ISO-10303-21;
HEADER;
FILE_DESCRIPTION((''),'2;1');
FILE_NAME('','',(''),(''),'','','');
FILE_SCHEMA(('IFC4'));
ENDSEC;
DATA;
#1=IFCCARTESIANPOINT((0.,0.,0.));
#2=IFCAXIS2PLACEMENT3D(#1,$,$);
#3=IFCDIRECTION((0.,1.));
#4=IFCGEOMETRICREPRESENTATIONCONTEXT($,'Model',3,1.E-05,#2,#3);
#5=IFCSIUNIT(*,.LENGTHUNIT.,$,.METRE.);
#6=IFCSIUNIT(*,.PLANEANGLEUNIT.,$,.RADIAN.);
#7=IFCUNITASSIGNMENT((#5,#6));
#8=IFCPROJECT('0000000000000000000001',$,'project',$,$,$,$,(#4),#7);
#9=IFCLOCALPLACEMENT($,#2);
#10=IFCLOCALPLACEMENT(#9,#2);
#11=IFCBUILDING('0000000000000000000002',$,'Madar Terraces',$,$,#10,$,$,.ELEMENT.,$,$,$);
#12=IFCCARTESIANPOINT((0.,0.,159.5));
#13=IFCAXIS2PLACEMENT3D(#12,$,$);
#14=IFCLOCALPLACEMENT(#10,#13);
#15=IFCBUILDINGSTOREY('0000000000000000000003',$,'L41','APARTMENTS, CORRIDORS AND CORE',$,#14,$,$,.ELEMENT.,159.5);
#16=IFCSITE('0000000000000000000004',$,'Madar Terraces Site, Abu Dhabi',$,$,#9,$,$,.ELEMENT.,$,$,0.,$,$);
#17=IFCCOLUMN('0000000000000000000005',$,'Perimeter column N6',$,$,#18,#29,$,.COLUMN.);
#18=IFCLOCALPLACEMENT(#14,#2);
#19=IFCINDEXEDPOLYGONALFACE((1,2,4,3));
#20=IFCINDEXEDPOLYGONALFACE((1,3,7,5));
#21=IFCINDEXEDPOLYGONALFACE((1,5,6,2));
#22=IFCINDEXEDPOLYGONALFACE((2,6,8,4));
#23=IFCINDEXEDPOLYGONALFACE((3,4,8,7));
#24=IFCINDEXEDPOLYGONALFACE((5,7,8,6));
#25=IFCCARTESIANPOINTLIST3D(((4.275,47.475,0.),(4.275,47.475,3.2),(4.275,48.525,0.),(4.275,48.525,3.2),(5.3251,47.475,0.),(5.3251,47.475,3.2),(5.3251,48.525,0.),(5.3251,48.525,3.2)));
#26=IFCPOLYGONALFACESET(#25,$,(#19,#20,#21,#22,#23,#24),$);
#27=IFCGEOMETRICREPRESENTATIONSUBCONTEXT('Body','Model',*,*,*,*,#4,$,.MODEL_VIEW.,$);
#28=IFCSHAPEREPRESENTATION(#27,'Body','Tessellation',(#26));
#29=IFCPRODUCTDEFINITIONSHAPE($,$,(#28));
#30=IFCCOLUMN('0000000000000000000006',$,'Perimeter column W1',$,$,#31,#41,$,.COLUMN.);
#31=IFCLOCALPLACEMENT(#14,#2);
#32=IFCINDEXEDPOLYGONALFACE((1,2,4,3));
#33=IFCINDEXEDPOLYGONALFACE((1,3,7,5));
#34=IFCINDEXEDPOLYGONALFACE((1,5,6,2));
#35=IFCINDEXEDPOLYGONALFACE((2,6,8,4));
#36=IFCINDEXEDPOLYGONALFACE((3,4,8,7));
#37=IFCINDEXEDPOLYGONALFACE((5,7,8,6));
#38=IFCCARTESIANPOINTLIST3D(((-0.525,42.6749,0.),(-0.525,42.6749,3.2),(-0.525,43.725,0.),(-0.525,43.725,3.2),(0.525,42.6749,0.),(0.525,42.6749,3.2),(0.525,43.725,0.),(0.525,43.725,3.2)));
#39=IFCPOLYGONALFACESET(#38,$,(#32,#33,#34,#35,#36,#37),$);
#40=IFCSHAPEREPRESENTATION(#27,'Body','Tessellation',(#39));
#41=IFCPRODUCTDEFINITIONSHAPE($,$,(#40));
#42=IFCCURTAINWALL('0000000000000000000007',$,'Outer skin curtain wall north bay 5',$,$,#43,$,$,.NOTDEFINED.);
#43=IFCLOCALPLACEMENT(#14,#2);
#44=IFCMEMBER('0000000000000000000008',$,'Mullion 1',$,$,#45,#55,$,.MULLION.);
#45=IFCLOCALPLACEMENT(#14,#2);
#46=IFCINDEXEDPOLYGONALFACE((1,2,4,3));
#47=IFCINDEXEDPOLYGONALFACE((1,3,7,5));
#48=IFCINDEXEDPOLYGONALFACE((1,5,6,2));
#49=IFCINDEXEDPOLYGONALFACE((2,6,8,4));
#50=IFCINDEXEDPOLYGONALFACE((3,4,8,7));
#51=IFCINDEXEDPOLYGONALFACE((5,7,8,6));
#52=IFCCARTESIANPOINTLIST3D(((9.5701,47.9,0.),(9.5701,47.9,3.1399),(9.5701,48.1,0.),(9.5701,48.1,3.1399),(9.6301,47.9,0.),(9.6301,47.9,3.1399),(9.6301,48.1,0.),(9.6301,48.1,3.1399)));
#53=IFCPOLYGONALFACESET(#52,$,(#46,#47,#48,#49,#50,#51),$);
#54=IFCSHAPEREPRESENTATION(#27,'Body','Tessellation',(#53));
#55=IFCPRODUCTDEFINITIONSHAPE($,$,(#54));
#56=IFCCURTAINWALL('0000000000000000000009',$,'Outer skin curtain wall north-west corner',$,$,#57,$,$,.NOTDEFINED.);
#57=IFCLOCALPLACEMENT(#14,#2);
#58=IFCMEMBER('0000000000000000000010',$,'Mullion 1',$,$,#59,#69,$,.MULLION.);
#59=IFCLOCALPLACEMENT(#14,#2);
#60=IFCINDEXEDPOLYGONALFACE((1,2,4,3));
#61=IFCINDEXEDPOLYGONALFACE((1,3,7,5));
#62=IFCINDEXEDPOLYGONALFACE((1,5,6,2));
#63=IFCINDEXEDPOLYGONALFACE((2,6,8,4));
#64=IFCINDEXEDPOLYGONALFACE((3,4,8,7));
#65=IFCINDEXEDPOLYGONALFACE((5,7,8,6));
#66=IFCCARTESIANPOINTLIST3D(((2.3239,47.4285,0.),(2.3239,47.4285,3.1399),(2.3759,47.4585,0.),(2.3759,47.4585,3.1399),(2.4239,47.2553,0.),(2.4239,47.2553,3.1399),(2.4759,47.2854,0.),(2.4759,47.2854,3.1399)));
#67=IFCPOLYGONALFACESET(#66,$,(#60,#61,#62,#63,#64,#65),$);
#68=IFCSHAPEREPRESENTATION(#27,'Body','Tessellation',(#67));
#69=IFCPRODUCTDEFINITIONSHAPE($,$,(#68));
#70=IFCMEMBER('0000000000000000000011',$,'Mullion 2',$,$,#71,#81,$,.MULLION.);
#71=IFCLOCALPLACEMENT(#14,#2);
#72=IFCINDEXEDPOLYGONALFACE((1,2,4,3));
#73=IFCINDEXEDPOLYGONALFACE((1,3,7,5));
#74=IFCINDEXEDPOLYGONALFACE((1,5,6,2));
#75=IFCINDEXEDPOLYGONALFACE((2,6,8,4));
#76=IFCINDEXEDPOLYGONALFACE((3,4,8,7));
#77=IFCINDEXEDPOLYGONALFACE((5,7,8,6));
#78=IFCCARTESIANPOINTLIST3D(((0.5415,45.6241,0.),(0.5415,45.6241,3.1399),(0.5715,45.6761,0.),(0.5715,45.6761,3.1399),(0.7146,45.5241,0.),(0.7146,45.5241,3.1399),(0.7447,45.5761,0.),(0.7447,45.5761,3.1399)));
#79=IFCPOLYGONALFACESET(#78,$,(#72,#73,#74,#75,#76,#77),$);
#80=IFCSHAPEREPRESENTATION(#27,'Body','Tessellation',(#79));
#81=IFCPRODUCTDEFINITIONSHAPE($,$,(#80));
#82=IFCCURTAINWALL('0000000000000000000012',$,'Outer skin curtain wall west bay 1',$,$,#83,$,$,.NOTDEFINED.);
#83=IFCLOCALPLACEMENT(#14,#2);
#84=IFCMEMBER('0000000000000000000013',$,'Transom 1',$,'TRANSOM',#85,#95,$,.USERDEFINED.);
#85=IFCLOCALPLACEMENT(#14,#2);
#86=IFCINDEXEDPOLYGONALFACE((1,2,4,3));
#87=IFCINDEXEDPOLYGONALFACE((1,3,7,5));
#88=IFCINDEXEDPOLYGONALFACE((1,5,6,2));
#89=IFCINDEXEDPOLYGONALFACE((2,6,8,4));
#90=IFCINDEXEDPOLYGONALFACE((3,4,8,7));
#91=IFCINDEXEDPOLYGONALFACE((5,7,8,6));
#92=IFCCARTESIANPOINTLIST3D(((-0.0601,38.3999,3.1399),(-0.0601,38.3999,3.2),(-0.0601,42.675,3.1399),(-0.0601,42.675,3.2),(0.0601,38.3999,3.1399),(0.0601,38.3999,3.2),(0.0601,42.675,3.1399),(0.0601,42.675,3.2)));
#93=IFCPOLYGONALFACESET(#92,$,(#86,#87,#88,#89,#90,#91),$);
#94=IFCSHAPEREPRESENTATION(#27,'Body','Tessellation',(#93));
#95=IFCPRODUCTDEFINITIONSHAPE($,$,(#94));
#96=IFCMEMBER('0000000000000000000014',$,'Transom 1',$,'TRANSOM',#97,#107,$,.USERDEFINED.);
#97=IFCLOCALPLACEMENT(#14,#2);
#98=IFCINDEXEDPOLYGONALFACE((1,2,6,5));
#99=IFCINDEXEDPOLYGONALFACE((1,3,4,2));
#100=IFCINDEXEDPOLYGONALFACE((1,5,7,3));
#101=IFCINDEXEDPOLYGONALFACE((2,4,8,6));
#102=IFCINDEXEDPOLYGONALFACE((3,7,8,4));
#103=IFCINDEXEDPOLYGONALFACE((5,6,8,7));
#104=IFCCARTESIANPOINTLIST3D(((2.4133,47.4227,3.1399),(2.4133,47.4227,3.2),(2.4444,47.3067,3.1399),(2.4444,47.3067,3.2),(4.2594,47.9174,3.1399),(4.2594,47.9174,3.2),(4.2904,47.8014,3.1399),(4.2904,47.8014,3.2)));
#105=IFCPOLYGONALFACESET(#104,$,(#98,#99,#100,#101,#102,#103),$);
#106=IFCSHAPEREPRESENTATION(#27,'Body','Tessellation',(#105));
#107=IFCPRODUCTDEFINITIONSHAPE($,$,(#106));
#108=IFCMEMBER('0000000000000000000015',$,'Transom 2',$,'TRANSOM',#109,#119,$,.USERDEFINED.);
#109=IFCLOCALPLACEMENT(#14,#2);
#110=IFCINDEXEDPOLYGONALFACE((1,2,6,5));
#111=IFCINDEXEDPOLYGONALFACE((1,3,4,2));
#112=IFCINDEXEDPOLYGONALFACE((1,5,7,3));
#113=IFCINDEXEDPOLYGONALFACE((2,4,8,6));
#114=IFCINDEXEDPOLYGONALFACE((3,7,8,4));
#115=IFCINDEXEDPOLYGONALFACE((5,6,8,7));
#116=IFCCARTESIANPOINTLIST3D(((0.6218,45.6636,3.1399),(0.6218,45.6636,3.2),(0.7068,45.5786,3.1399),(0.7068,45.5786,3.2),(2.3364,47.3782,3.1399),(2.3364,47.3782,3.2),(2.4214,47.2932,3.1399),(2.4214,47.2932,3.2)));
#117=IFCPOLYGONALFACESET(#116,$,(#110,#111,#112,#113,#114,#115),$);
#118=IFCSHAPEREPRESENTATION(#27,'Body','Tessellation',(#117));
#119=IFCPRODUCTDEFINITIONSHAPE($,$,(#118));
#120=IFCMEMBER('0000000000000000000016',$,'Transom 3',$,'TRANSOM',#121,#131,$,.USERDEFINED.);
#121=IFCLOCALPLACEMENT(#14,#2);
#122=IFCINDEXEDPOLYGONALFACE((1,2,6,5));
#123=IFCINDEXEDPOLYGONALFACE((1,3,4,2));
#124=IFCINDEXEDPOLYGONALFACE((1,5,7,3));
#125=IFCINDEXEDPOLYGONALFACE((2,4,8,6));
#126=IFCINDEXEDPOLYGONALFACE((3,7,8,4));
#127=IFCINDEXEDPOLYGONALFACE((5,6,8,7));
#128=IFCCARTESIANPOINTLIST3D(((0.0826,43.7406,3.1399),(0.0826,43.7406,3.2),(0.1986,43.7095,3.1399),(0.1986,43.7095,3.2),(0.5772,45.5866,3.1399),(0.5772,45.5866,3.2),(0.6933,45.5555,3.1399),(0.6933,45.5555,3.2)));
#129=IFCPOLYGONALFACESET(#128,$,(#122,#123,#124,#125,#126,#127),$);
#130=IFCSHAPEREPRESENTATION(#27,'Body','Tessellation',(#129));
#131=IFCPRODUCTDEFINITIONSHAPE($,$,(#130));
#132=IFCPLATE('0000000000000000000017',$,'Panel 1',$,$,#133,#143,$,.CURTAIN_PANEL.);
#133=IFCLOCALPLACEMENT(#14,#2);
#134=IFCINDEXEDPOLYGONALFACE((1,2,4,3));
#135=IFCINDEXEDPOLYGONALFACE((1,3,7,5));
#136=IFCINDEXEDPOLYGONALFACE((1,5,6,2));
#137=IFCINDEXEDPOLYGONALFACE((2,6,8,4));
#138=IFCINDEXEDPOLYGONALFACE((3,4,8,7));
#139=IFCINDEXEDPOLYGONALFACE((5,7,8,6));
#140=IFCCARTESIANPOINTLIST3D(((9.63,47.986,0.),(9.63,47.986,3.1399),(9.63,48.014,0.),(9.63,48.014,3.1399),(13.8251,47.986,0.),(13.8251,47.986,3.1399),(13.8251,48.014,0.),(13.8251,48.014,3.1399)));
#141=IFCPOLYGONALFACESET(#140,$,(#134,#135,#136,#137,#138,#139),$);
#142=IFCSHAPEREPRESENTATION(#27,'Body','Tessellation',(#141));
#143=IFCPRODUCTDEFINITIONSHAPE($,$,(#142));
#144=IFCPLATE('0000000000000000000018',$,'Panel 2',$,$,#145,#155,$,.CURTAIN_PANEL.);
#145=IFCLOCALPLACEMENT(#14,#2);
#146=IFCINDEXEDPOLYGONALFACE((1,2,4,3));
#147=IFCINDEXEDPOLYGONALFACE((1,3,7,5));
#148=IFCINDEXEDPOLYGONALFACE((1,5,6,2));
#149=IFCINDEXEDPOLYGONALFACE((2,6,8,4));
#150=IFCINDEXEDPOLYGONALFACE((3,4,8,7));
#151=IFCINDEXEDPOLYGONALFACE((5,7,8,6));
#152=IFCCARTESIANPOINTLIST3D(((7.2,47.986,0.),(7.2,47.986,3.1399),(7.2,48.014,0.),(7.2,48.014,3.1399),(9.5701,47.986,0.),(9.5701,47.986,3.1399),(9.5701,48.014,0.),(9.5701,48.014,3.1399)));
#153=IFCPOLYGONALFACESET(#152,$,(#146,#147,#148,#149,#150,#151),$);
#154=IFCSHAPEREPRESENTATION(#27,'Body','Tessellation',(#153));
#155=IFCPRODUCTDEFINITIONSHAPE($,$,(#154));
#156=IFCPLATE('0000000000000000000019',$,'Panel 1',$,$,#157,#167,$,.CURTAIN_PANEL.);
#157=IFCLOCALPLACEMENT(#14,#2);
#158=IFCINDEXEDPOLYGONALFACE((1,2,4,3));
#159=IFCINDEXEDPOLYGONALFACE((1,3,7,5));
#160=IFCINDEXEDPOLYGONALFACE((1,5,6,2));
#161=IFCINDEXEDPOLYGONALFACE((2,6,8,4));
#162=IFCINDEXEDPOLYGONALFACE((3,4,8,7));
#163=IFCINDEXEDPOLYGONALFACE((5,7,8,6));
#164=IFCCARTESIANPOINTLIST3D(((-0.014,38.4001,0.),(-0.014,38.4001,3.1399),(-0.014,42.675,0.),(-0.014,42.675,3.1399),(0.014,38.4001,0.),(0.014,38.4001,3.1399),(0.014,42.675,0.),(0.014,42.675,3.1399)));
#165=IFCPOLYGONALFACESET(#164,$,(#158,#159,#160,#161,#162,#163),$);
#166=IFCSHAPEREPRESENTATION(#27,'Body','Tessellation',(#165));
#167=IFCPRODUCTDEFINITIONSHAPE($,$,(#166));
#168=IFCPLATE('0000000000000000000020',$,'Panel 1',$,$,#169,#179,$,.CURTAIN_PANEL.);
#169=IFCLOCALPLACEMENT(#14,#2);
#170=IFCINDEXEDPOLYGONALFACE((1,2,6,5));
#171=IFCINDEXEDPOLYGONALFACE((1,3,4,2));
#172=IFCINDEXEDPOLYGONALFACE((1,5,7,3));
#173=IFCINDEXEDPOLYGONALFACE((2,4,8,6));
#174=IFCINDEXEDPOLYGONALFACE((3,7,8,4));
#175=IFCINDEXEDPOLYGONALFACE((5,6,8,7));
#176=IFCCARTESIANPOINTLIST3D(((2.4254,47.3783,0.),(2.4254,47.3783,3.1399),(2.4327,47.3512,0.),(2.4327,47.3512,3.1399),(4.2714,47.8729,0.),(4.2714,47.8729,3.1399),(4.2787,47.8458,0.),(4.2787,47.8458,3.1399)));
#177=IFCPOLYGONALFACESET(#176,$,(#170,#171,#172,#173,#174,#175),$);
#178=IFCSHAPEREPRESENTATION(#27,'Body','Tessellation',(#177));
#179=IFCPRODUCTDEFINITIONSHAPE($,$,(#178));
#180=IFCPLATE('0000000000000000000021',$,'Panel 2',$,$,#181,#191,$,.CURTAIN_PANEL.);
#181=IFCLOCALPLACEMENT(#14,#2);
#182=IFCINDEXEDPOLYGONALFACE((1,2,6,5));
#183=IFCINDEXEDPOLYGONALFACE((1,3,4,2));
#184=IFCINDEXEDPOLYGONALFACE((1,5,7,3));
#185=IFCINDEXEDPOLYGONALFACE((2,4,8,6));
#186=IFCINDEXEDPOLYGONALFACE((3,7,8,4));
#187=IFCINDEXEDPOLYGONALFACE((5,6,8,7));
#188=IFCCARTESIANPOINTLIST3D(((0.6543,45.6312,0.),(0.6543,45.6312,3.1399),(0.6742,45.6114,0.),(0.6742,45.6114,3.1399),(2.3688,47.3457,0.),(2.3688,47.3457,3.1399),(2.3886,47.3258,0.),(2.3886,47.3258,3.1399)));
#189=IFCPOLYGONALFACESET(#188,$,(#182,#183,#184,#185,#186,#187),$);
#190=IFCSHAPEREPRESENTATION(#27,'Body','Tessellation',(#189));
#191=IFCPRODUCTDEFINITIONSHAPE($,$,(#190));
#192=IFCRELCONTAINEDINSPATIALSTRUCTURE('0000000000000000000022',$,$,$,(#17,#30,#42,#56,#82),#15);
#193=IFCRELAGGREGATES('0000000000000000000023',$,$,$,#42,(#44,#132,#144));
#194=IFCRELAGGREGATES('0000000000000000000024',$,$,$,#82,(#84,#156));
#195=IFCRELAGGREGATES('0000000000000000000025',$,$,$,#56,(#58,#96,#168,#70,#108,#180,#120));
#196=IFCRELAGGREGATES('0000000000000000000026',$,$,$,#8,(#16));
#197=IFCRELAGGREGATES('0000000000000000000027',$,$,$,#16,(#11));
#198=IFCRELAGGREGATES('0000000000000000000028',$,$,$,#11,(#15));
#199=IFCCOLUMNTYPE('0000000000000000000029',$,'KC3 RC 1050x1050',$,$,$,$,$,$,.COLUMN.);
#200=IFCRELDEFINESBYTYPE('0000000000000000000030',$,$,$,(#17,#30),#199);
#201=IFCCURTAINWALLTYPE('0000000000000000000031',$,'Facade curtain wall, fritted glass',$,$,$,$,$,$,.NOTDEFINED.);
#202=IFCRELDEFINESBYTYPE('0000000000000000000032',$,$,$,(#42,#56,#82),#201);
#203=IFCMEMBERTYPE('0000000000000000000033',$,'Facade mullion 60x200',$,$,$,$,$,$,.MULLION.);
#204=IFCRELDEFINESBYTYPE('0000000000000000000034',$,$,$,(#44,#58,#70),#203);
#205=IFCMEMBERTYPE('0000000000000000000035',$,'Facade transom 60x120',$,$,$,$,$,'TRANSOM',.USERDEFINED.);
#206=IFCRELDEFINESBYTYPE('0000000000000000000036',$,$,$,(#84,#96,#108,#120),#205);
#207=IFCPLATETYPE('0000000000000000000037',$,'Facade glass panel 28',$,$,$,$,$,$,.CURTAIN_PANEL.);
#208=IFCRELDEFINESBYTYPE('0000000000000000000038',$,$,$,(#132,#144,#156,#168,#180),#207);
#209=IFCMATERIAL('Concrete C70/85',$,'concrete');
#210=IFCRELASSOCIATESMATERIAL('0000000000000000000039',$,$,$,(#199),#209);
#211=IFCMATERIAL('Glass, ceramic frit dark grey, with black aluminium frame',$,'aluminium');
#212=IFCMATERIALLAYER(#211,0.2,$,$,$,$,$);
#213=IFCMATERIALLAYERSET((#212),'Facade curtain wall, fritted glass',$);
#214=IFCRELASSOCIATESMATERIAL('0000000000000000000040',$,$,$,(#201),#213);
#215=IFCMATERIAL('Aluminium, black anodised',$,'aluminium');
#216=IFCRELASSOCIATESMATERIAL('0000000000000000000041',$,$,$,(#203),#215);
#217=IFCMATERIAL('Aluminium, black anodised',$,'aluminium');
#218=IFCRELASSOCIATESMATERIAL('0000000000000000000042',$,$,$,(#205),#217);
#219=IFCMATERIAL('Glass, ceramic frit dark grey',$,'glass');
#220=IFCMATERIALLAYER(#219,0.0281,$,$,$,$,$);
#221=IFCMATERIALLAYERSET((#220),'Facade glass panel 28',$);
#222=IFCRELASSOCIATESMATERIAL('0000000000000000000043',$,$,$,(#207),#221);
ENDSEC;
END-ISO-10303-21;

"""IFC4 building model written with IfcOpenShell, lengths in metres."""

from ifc_helpers import new_model, si_unit, direction, frame, origin, origin_2d, place, context, subcontext, project, spatial, rectangle, extrude, material, layer, layer_set, material_profile, profile_set, type_object, element, aggregate, save


model = new_model("IFC4")

# Units and contexts
model_context = context("Model", 3, precision=1e-05, world=origin(), true_north=direction((0.0, 1.0)))
body_context = subcontext(model_context, "Body", "Model", "MODEL_VIEW")
ifc_project = project(units=[si_unit("LENGTHUNIT", "METRE"), si_unit("PLANEANGLEUNIT", "RADIAN")], contexts=[model_context])

# Site, building, storey
site_placement = place(None, origin())
site = spatial("IfcSite", under=ifc_project, at=site_placement, Name="Madar Terraces Site, Abu Dhabi", CompositionType="ELEMENT", RefElevation=0.0)
building_placement = place(site_placement, origin())
building = spatial("IfcBuilding", under=site, at=building_placement, Name="Madar Terraces", CompositionType="ELEMENT")
storey_placement = place(building_placement, frame((0.0, 0.0, 159.5)))
storey = spatial("IfcBuildingStorey", under=building, at=storey_placement, Name="L41", Description="APARTMENTS, CORRIDORS AND CORE", CompositionType="ELEMENT", Elevation=159.5)

# Columns
ifc_material_1 = material(Name="Concrete C70/85", Category="concrete")
ifc_material_profile_1 = material_profile(ifc_material_1, rectangle(XDim=1.05, YDim=1.05, at=origin_2d()), Name="KC3 RC 1050x1050")
ifc_profile_set_1 = profile_set([ifc_material_profile_1], Name="Concrete C70/85")
column_type = type_object("IfcColumnType", Name="KC3 RC 1050x1050", PredefinedType="COLUMN", material=ifc_profile_set_1)
for number, where, z_axis, x_axis, name in (
    (1, (4.8, 48.0, 0.0), (0.0, 0.0, 1.0), (1.0, 0.0, 0.0), "Perimeter column N6"),
    (2, (0.0, 43.2, 0.0), (0.0, 0.0, 1.0), (1.0, 0.0, 0.0), "Perimeter column W1"),
):
    element("IfcColumn", number, at=place(storey_placement, frame(where, z_axis=z_axis, x_axis=x_axis)), inside=storey, type_object=column_type, Name=name, PredefinedType="COLUMN", context=body_context, shape_type="SweptSolid", body=[
        extrude(rectangle(XDim=1.05, YDim=1.05, at=origin_2d()), origin(), (0.0, 0.0, 1.0), 3.2),
    ])

# Curtain wall, member
ifc_material_2 = material(Name="Glass, ceramic frit dark grey, with black aluminium frame", Category="aluminium")
ifc_layer_1 = layer(ifc_material_2, 0.2)
ifc_layer_set_1 = layer_set([ifc_layer_1], Name="Facade curtain wall, fritted glass")
curtain_wall_type = type_object("IfcCurtainWallType", Name="Facade curtain wall, fritted glass", PredefinedType="NOTDEFINED", material=ifc_layer_set_1)
curtain_wall_1_placement = place(storey_placement, origin())
curtain_wall_1 = element("IfcCurtainWall", 3, at=curtain_wall_1_placement, inside=storey, type_object=curtain_wall_type, Name="Outer skin curtain wall north bay 5", PredefinedType="NOTDEFINED")
ifc_material_3 = material(Name="Aluminium, black anodised", Category="aluminium")
ifc_material_profile_2 = material_profile(ifc_material_3, rectangle(XDim=0.2, YDim=0.0601, at=origin_2d()), Name="Facade mullion 60x200")
ifc_profile_set_2 = profile_set([ifc_material_profile_2], Name="Aluminium, black anodised")
member_type_1 = type_object("IfcMemberType", Name="Facade mullion 60x200", PredefinedType="MULLION", material=ifc_profile_set_2)
member_1_placement = place(storey_placement, frame((9.6001, 48.0, 0.0), z_axis=(0.0, 0.0, 1.0), x_axis=(0.0, -1.0, 0.0)))
member_1 = element("IfcMember", 4, at=member_1_placement, type_object=member_type_1, Name="Mullion 1", PredefinedType="MULLION", context=body_context, shape_type="SweptSolid", body=[
    extrude(rectangle(XDim=0.2, YDim=0.0601, at=origin_2d()), origin(), (0.0, 0.0, 1.0), 3.1399),
])

# Curtain wall, members
curtain_wall_2_placement = place(storey_placement, origin())
curtain_wall_2 = element("IfcCurtainWall", 5, at=curtain_wall_2_placement, inside=storey, type_object=curtain_wall_type, Name="Outer skin curtain wall north-west corner", PredefinedType="NOTDEFINED")
member_2_placement = place(storey_placement, frame((2.3999, 47.3569, 0.0), z_axis=(0.0, 0.0, 1.0), x_axis=(0.5, -0.866025, 0.0)))
member_2 = element("IfcMember", 6, at=member_2_placement, type_object=member_type_1, Name="Mullion 1", PredefinedType="MULLION", context=body_context, shape_type="SweptSolid", body=[
    extrude(rectangle(XDim=0.2, YDim=0.0601, at=origin_2d()), origin(), (0.0, 0.0, 1.0), 3.1399),
])
member_3_placement = place(storey_placement, frame((0.6431, 45.6001, 0.0), z_axis=(0.0, 0.0, 1.0), x_axis=(0.866025, -0.5, 0.0)))
member_3 = element("IfcMember", 7, at=member_3_placement, type_object=member_type_1, Name="Mullion 2", PredefinedType="MULLION", context=body_context, shape_type="SweptSolid", body=[
    extrude(rectangle(XDim=0.2, YDim=0.0601, at=origin_2d()), origin(), (0.0, 0.0, 1.0), 3.1399),
])

# Curtain wall, member
curtain_wall_3_placement = place(storey_placement, origin())
curtain_wall_3 = element("IfcCurtainWall", 8, at=curtain_wall_3_placement, inside=storey, type_object=curtain_wall_type, Name="Outer skin curtain wall west bay 1", PredefinedType="NOTDEFINED")
ifc_material_4 = material(Name="Aluminium, black anodised", Category="aluminium")
ifc_material_profile_3 = material_profile(ifc_material_4, rectangle(XDim=0.1201, YDim=0.0601, at=origin_2d()), Name="Facade transom 60x120")
ifc_profile_set_3 = profile_set([ifc_material_profile_3], Name="Aluminium, black anodised")
member_type_2 = type_object("IfcMemberType", Name="Facade transom 60x120", ElementType="TRANSOM", PredefinedType="USERDEFINED", material=ifc_profile_set_3)
member_4_placement = place(storey_placement, frame((0.0, 42.675, 3.1699), z_axis=(0.0, -1.0, 0.0), x_axis=(1.0, 0.0, 0.0)))
member_4 = element("IfcMember", 9, at=member_4_placement, type_object=member_type_2, Name="Transom 1", ObjectType="TRANSOM", PredefinedType="USERDEFINED", context=body_context, shape_type="SweptSolid", body=[
    extrude(rectangle(XDim=0.1201, YDim=0.0601, at=origin_2d()), origin(), (0.0, 0.0, 1.0), 4.2751),
])

# Members
member_5_placement = place(storey_placement, frame((4.2749, 47.8594, 3.1699), z_axis=(-0.965925, -0.258823, 0.0), x_axis=(0.258823, -0.965925, 0.0)))
member_5 = element("IfcMember", 10, at=member_5_placement, type_object=member_type_2, Name="Transom 1", ObjectType="TRANSOM", PredefinedType="USERDEFINED", context=body_context, shape_type="SweptSolid", body=[
    extrude(rectangle(XDim=0.1201, YDim=0.0601, at=origin_2d()), origin(), (0.0, 0.0, 1.0), 1.9111),
])
member_6_placement = place(storey_placement, frame((2.3789, 47.3357, 3.1699), z_axis=(-0.707107, -0.707107, 0.0), x_axis=(0.707107, -0.707107, 0.0)))
member_6 = element("IfcMember", 11, at=member_6_placement, type_object=member_type_2, Name="Transom 2", ObjectType="TRANSOM", PredefinedType="USERDEFINED", context=body_context, shape_type="SweptSolid", body=[
    extrude(rectangle(XDim=0.1201, YDim=0.0601, at=origin_2d()), origin(), (0.0, 0.0, 1.0), 2.4248),
])
member_7_placement = place(storey_placement, frame((0.6353, 45.571, 3.1699), z_axis=(-0.258823, -0.965925, 0.0), x_axis=(0.965925, -0.258823, 0.0)))
member_7 = element("IfcMember", 12, at=member_7_placement, type_object=member_type_2, Name="Transom 3", ObjectType="TRANSOM", PredefinedType="USERDEFINED", context=body_context, shape_type="SweptSolid", body=[
    extrude(rectangle(XDim=0.1201, YDim=0.0601, at=origin_2d()), origin(), (0.0, 0.0, 1.0), 1.9111),
])

# Plates
ifc_material_5 = material(Name="Glass, ceramic frit dark grey", Category="glass")
ifc_layer_2 = layer(ifc_material_5, 0.0281)
ifc_layer_set_2 = layer_set([ifc_layer_2], Name="Facade glass panel 28")
plate_type = type_object("IfcPlateType", Name="Facade glass panel 28", PredefinedType="CURTAIN_PANEL", material=ifc_layer_set_2)
plate_1_placement = place(storey_placement, frame((11.7275, 48.0, 0.0), z_axis=(0.0, 0.0, 1.0), x_axis=(-1.0, 0.0, 0.0)))
plate_1 = element("IfcPlate", 13, at=plate_1_placement, type_object=plate_type, Name="Panel 1", PredefinedType="CURTAIN_PANEL", context=body_context, shape_type="SweptSolid", body=[
    extrude(rectangle(XDim=4.1951, YDim=0.0281, at=origin_2d()), origin(), (0.0, 0.0, 1.0), 3.1399),
])
plate_2_placement = place(storey_placement, frame((8.385, 48.0, 0.0), z_axis=(0.0, 0.0, 1.0), x_axis=(-1.0, 0.0, 0.0)))
plate_2 = element("IfcPlate", 14, at=plate_2_placement, type_object=plate_type, Name="Panel 2", PredefinedType="CURTAIN_PANEL", context=body_context, shape_type="SweptSolid", body=[
    extrude(rectangle(XDim=2.3701, YDim=0.0281, at=origin_2d()), origin(), (0.0, 0.0, 1.0), 3.1399),
])
aggregate(curtain_wall_1, [member_1, plate_1, plate_2])
plate_3_placement = place(storey_placement, frame((0.0, 40.5376, 0.0), z_axis=(0.0, 0.0, 1.0), x_axis=(0.0, -1.0, 0.0)))
plate_3 = element("IfcPlate", 15, at=plate_3_placement, type_object=plate_type, Name="Panel 1", PredefinedType="CURTAIN_PANEL", context=body_context, shape_type="SweptSolid", body=[
    extrude(rectangle(XDim=4.2749, YDim=0.0281, at=origin_2d()), origin(), (0.0, 0.0, 1.0), 3.1399),
])
aggregate(curtain_wall_3, [member_4, plate_3])
plate_4_placement = place(storey_placement, frame((3.3521, 47.6121, 0.0), z_axis=(0.0, 0.0, 1.0), x_axis=(-0.965926, -0.258819, 0.0)))
plate_4 = element("IfcPlate", 16, at=plate_4_placement, type_object=plate_type, Name="Panel 1", PredefinedType="CURTAIN_PANEL", context=body_context, shape_type="SweptSolid", body=[
    extrude(rectangle(XDim=1.9111, YDim=0.0281, at=origin_2d()), origin(), (0.0, 0.0, 1.0), 3.1399),
])
plate_5_placement = place(storey_placement, frame((1.5215, 46.4785, 0.0), z_axis=(0.0, 0.0, 1.0), x_axis=(-0.707107, -0.707107, 0.0)))
plate_5 = element("IfcPlate", 17, at=plate_5_placement, type_object=plate_type, Name="Panel 2", PredefinedType="CURTAIN_PANEL", context=body_context, shape_type="SweptSolid", body=[
    extrude(rectangle(XDim=2.4246, YDim=0.0281, at=origin_2d()), origin(), (0.0, 0.0, 1.0), 3.1399),
])
aggregate(curtain_wall_2, [member_2, member_5, plate_4, member_3, member_6, plate_5, member_7])

save(model, "model.ifc")
